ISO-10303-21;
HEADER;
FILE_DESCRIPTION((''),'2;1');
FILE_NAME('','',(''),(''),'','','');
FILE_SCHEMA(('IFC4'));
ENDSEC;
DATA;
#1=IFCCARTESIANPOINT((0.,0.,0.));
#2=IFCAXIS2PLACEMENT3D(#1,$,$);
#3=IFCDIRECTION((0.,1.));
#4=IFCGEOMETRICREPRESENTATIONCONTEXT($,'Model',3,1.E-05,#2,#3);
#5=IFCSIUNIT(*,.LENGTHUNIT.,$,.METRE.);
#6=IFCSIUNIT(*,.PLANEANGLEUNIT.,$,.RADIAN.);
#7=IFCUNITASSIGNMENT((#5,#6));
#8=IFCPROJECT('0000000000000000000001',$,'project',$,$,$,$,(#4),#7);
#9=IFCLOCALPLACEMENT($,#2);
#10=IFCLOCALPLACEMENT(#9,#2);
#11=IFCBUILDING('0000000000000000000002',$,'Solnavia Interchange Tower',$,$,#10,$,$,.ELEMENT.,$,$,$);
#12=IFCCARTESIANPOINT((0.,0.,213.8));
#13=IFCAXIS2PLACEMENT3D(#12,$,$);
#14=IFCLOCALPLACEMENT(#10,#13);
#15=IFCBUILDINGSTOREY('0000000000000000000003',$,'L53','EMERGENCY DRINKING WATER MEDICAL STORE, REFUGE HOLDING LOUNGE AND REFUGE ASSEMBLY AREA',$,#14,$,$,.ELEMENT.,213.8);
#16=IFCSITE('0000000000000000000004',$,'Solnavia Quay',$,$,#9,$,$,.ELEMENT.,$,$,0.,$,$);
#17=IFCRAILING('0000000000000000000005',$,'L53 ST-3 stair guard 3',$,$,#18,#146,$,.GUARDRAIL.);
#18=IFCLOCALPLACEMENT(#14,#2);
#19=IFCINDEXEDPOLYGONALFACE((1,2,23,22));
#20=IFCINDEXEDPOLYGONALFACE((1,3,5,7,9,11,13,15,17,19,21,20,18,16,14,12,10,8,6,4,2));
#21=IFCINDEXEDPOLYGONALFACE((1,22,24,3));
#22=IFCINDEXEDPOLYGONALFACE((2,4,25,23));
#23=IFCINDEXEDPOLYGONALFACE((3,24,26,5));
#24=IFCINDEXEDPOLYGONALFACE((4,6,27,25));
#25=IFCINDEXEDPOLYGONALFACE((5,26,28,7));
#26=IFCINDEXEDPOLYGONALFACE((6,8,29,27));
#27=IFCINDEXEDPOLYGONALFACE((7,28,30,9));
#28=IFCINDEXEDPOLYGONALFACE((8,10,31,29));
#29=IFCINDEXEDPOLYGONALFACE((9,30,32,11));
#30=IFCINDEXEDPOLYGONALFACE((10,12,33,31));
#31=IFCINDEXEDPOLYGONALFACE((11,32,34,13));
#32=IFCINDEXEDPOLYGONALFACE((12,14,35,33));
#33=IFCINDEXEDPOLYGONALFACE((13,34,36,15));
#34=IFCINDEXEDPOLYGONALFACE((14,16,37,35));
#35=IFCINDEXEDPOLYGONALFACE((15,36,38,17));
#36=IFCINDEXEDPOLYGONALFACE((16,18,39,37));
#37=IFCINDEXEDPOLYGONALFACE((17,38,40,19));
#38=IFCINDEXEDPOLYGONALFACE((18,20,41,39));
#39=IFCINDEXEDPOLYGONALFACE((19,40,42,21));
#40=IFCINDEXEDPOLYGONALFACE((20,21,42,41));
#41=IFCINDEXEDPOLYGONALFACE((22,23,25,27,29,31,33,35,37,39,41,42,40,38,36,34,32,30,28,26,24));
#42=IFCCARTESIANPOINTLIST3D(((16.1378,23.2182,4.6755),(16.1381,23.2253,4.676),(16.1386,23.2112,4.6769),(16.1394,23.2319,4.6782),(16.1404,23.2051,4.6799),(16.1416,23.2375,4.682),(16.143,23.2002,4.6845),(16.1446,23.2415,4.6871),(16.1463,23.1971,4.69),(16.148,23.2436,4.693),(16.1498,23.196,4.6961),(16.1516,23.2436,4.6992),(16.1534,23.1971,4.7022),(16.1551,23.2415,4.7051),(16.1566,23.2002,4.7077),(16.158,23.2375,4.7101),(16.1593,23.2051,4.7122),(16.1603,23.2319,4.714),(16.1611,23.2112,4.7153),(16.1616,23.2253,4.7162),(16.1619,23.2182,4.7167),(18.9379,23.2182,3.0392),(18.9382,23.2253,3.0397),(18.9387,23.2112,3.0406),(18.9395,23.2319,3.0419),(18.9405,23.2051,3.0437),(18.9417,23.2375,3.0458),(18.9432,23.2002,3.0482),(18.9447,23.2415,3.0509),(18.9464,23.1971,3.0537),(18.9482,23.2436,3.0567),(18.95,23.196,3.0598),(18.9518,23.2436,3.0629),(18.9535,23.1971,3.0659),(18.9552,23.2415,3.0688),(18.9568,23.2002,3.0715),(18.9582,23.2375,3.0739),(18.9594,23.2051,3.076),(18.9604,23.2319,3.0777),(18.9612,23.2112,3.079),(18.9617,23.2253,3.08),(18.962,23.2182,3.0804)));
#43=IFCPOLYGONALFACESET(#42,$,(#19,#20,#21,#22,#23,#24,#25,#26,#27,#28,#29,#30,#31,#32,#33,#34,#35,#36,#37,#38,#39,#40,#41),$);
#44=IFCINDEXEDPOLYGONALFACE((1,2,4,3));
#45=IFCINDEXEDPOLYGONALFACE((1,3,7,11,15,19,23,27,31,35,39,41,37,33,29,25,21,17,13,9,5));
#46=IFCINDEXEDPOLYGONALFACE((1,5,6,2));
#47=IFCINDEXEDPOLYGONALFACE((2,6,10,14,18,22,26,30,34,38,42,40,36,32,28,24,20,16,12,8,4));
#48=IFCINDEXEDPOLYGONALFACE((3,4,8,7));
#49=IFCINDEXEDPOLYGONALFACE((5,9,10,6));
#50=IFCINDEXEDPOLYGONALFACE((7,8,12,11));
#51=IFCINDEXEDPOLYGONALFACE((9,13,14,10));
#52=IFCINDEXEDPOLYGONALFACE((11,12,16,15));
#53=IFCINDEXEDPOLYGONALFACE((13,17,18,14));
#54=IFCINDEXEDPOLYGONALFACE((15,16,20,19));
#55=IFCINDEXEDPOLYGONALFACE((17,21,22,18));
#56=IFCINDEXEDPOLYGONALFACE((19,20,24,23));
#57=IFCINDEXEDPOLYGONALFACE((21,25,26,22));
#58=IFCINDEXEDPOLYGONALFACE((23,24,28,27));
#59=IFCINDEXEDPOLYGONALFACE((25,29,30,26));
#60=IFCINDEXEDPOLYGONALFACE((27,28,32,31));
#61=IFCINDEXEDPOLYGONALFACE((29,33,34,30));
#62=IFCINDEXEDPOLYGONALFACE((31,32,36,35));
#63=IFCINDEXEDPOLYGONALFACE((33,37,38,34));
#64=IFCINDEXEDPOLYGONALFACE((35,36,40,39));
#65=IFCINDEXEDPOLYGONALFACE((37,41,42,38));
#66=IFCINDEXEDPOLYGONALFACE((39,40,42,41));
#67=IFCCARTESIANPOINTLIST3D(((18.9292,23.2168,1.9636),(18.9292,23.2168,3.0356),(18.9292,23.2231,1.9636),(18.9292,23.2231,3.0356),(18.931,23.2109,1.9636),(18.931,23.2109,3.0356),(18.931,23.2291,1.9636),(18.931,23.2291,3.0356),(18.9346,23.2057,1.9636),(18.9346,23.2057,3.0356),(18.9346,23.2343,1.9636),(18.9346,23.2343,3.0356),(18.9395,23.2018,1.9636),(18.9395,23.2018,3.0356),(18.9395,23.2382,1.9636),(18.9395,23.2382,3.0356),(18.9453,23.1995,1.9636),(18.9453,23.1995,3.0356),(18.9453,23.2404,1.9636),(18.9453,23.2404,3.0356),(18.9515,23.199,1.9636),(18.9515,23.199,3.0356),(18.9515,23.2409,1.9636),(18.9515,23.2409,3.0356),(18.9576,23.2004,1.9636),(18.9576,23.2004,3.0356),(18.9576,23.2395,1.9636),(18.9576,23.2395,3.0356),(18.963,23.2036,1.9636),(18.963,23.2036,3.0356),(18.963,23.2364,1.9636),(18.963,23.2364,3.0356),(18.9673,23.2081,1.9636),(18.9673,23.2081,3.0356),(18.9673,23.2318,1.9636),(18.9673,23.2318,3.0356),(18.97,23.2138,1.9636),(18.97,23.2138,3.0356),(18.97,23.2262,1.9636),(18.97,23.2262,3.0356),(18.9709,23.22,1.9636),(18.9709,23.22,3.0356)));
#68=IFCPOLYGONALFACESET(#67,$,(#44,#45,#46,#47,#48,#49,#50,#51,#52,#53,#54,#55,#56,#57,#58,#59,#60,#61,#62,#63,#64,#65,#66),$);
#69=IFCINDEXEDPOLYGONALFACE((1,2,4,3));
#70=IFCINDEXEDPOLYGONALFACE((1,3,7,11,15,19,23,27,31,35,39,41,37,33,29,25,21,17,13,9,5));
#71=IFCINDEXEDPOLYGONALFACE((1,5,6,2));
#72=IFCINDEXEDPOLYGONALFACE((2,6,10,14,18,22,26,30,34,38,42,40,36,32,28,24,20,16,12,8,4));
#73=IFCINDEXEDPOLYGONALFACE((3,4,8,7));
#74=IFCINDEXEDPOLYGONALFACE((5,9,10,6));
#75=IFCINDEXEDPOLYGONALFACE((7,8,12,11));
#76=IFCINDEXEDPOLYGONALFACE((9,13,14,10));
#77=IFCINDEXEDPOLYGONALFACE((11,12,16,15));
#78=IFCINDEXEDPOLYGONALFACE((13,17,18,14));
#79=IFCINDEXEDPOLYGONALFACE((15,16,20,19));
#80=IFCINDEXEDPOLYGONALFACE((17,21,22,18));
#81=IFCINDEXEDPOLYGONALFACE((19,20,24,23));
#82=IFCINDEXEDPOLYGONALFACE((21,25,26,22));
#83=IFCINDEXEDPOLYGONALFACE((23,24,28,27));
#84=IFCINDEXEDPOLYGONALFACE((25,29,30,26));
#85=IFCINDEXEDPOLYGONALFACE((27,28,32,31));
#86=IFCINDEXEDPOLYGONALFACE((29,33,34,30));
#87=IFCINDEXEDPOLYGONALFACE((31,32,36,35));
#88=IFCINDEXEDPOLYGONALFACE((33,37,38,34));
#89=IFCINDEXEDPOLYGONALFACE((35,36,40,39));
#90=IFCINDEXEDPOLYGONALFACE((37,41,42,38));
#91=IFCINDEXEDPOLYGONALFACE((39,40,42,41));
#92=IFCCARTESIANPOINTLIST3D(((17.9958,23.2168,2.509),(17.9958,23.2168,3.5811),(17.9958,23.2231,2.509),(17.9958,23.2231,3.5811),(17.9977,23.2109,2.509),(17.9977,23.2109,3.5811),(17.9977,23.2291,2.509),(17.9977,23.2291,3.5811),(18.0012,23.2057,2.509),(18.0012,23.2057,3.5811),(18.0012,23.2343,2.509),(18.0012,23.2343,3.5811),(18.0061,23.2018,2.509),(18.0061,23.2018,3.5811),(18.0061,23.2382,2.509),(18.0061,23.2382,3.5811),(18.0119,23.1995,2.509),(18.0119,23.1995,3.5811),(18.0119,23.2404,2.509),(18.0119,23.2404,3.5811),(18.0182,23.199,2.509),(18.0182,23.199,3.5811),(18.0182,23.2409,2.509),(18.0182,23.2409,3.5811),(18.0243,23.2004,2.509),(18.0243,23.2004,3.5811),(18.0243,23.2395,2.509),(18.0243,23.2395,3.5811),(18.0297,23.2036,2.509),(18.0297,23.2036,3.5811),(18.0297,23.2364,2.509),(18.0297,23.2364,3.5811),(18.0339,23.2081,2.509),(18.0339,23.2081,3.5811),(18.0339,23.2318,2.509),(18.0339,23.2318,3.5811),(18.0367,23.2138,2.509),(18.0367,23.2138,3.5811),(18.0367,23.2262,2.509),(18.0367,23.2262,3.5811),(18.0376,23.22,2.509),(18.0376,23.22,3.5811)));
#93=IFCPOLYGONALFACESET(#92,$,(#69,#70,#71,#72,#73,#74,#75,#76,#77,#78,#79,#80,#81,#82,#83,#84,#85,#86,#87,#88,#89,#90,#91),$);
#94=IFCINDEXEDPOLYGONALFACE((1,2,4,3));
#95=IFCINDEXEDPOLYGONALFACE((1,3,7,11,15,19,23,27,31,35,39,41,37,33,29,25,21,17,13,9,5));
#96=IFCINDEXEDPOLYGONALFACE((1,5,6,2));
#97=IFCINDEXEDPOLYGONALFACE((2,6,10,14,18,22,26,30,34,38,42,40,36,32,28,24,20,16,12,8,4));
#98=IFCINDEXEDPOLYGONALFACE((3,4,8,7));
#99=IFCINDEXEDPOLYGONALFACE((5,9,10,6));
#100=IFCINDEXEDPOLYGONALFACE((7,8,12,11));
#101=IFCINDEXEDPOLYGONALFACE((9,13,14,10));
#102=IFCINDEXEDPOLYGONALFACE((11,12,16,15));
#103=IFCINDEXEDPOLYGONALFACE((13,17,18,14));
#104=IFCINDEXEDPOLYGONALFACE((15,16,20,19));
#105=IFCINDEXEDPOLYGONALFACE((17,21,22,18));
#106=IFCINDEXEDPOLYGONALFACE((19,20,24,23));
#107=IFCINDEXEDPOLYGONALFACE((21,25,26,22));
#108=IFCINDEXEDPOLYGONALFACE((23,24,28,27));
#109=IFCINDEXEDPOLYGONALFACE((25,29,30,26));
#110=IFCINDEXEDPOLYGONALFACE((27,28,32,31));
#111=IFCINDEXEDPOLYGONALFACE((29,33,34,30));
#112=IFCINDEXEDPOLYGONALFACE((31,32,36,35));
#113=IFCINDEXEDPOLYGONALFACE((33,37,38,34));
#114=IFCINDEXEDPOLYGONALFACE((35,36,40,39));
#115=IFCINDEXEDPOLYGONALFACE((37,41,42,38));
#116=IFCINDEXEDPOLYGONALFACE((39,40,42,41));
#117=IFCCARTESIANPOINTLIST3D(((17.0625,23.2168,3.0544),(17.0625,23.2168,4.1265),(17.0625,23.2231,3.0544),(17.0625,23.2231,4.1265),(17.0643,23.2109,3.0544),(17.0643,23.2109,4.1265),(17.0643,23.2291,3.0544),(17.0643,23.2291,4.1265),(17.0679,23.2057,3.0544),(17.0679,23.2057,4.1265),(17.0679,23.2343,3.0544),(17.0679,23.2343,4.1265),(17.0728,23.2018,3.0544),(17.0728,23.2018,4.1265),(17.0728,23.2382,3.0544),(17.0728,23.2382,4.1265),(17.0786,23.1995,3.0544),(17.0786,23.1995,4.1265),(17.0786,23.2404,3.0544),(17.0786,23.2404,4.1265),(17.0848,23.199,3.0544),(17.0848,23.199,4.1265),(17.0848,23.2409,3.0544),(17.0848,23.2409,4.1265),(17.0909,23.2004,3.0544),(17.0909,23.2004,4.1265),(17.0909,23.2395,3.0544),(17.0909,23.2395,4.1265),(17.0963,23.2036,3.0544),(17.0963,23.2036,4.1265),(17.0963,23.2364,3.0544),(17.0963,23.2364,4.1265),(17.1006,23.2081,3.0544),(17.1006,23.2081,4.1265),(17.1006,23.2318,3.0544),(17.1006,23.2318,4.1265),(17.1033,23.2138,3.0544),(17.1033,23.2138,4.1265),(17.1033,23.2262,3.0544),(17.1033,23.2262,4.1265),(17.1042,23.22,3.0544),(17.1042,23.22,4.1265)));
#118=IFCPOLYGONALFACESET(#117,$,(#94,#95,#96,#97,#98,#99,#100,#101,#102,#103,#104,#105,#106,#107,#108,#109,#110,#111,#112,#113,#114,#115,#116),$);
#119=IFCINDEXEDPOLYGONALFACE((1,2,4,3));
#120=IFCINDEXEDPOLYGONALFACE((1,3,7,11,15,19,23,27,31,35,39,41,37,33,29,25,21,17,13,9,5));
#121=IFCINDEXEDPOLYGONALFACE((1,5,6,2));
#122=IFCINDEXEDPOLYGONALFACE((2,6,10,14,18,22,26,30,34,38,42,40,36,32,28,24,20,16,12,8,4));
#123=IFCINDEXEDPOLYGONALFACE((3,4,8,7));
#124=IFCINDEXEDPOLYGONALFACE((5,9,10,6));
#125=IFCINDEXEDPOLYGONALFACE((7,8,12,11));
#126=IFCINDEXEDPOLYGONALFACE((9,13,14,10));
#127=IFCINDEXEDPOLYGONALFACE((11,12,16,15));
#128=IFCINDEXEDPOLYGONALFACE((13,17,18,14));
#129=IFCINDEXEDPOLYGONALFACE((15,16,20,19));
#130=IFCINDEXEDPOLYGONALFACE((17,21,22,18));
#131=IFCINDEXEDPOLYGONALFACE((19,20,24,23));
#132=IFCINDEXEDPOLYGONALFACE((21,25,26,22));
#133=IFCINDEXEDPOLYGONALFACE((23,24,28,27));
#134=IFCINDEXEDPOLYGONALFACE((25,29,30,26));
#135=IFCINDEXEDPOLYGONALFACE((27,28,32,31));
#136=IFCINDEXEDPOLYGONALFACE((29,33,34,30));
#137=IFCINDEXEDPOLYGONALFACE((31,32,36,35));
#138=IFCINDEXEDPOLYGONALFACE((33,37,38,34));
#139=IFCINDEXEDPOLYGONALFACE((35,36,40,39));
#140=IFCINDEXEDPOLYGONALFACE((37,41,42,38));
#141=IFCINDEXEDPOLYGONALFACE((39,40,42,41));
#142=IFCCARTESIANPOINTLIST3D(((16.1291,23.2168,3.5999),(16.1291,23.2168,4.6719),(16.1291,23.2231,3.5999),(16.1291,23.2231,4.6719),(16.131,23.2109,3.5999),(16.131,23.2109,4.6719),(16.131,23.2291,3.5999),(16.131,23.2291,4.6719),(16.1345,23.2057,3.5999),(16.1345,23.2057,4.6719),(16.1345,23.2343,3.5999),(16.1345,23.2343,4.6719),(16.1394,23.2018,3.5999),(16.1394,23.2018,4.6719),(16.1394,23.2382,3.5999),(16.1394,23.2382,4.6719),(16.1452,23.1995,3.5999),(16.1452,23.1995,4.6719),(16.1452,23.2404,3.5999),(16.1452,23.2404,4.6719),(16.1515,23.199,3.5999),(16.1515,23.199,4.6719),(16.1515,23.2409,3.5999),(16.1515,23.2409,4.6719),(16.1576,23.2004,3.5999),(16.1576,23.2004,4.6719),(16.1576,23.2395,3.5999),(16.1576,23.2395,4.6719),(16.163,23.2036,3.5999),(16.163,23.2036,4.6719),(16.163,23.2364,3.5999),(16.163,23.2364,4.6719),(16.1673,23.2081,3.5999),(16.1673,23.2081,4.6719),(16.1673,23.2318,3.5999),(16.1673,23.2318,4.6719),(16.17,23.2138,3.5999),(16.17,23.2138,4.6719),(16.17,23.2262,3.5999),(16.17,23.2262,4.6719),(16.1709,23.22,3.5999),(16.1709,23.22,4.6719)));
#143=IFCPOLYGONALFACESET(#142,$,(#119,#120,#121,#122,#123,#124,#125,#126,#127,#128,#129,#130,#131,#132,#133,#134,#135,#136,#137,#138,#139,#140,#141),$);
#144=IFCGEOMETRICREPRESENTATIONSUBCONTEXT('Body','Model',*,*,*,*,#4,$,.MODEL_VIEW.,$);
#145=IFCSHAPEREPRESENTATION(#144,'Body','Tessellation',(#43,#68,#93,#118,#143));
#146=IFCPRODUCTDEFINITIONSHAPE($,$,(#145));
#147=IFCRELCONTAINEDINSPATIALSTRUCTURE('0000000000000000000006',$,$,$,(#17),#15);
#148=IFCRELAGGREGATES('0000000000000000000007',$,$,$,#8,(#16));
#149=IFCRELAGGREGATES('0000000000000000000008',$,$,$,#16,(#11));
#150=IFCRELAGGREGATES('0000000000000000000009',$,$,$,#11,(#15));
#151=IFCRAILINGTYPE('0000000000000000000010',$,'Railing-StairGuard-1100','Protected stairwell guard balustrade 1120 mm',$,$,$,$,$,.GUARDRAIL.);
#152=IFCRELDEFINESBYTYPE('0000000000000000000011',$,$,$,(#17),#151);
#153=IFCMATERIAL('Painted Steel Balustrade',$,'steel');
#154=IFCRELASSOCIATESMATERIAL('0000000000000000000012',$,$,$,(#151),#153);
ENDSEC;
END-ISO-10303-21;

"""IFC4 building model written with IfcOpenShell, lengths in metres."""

from ifc_helpers import new_model, si_unit, direction, frame, origin, origin_2d, place, context, subcontext, project, spatial, circle, extrude, material, type_object, element, save


model = new_model("IFC4")

# Units and contexts
model_context = context("Model", 3, precision=1e-05, world=origin(), true_north=direction((0.0, 1.0)))
body_context = subcontext(model_context, "Body", "Model", "MODEL_VIEW")
ifc_project = project(units=[si_unit("LENGTHUNIT", "METRE"), si_unit("PLANEANGLEUNIT", "RADIAN")], contexts=[model_context])

# Site, building, storey
site_placement = place(None, origin())
site = spatial("IfcSite", under=ifc_project, at=site_placement, Name="Solnavia Quay", CompositionType="ELEMENT", RefElevation=0.0)
building_placement = place(site_placement, origin())
building = spatial("IfcBuilding", under=site, at=building_placement, Name="Solnavia Interchange Tower", CompositionType="ELEMENT")
storey_placement = place(building_placement, frame((0.0, 0.0, 213.8)))
storey = spatial("IfcBuildingStorey", under=building, at=storey_placement, Name="L53", Description="EMERGENCY DRINKING WATER MEDICAL STORE, REFUGE HOLDING LOUNGE AND REFUGE ASSEMBLY AREA", CompositionType="ELEMENT", Elevation=213.8)

# Railing
ifc_material_1 = material(Name="Painted Steel Balustrade", Category="steel")
railing_type_1 = type_object("IfcRailingType", Name="Railing-StairGuard-1100", Description="Protected stairwell guard balustrade 1120 mm", PredefinedType="GUARDRAIL", material=ifc_material_1)
railing_1_placement = place(storey_placement, frame((18.95, 23.22, 1.9636)))
element("IfcRailing", 1, at=railing_1_placement, inside=storey, type_object=railing_type_1, Name="L53 ST-3 stair guard 3", PredefinedType="GUARDRAIL", context=body_context, shape_type="SweptSolid", body=[
    extrude(circle(Radius=0.0239, at=origin_2d()), frame((0.0, 0.0, 1.0962), z_axis=(-0.863394, 0.0, 0.504531), x_axis=(0.0, -1.0, 0.0)), (0.0, 0.0, 1.0), 3.2432),
    extrude(circle(Radius=0.021, at=origin_2d()), origin(), (0.0, 0.0, 1.0), 1.072),
    extrude(circle(Radius=0.021, at=origin_2d()), frame((-0.9333, 0.0, 0.5454)), (0.0, 0.0, 1.0), 1.072),
    extrude(circle(Radius=0.021, at=origin_2d()), frame((-1.8667, 0.0, 1.0908)), (0.0, 0.0, 1.0), 1.072),
    extrude(circle(Radius=0.021, at=origin_2d()), frame((-2.8, 0.0, 1.6362)), (0.0, 0.0, 1.0), 1.072),
])

save(model, "model.ifc")
